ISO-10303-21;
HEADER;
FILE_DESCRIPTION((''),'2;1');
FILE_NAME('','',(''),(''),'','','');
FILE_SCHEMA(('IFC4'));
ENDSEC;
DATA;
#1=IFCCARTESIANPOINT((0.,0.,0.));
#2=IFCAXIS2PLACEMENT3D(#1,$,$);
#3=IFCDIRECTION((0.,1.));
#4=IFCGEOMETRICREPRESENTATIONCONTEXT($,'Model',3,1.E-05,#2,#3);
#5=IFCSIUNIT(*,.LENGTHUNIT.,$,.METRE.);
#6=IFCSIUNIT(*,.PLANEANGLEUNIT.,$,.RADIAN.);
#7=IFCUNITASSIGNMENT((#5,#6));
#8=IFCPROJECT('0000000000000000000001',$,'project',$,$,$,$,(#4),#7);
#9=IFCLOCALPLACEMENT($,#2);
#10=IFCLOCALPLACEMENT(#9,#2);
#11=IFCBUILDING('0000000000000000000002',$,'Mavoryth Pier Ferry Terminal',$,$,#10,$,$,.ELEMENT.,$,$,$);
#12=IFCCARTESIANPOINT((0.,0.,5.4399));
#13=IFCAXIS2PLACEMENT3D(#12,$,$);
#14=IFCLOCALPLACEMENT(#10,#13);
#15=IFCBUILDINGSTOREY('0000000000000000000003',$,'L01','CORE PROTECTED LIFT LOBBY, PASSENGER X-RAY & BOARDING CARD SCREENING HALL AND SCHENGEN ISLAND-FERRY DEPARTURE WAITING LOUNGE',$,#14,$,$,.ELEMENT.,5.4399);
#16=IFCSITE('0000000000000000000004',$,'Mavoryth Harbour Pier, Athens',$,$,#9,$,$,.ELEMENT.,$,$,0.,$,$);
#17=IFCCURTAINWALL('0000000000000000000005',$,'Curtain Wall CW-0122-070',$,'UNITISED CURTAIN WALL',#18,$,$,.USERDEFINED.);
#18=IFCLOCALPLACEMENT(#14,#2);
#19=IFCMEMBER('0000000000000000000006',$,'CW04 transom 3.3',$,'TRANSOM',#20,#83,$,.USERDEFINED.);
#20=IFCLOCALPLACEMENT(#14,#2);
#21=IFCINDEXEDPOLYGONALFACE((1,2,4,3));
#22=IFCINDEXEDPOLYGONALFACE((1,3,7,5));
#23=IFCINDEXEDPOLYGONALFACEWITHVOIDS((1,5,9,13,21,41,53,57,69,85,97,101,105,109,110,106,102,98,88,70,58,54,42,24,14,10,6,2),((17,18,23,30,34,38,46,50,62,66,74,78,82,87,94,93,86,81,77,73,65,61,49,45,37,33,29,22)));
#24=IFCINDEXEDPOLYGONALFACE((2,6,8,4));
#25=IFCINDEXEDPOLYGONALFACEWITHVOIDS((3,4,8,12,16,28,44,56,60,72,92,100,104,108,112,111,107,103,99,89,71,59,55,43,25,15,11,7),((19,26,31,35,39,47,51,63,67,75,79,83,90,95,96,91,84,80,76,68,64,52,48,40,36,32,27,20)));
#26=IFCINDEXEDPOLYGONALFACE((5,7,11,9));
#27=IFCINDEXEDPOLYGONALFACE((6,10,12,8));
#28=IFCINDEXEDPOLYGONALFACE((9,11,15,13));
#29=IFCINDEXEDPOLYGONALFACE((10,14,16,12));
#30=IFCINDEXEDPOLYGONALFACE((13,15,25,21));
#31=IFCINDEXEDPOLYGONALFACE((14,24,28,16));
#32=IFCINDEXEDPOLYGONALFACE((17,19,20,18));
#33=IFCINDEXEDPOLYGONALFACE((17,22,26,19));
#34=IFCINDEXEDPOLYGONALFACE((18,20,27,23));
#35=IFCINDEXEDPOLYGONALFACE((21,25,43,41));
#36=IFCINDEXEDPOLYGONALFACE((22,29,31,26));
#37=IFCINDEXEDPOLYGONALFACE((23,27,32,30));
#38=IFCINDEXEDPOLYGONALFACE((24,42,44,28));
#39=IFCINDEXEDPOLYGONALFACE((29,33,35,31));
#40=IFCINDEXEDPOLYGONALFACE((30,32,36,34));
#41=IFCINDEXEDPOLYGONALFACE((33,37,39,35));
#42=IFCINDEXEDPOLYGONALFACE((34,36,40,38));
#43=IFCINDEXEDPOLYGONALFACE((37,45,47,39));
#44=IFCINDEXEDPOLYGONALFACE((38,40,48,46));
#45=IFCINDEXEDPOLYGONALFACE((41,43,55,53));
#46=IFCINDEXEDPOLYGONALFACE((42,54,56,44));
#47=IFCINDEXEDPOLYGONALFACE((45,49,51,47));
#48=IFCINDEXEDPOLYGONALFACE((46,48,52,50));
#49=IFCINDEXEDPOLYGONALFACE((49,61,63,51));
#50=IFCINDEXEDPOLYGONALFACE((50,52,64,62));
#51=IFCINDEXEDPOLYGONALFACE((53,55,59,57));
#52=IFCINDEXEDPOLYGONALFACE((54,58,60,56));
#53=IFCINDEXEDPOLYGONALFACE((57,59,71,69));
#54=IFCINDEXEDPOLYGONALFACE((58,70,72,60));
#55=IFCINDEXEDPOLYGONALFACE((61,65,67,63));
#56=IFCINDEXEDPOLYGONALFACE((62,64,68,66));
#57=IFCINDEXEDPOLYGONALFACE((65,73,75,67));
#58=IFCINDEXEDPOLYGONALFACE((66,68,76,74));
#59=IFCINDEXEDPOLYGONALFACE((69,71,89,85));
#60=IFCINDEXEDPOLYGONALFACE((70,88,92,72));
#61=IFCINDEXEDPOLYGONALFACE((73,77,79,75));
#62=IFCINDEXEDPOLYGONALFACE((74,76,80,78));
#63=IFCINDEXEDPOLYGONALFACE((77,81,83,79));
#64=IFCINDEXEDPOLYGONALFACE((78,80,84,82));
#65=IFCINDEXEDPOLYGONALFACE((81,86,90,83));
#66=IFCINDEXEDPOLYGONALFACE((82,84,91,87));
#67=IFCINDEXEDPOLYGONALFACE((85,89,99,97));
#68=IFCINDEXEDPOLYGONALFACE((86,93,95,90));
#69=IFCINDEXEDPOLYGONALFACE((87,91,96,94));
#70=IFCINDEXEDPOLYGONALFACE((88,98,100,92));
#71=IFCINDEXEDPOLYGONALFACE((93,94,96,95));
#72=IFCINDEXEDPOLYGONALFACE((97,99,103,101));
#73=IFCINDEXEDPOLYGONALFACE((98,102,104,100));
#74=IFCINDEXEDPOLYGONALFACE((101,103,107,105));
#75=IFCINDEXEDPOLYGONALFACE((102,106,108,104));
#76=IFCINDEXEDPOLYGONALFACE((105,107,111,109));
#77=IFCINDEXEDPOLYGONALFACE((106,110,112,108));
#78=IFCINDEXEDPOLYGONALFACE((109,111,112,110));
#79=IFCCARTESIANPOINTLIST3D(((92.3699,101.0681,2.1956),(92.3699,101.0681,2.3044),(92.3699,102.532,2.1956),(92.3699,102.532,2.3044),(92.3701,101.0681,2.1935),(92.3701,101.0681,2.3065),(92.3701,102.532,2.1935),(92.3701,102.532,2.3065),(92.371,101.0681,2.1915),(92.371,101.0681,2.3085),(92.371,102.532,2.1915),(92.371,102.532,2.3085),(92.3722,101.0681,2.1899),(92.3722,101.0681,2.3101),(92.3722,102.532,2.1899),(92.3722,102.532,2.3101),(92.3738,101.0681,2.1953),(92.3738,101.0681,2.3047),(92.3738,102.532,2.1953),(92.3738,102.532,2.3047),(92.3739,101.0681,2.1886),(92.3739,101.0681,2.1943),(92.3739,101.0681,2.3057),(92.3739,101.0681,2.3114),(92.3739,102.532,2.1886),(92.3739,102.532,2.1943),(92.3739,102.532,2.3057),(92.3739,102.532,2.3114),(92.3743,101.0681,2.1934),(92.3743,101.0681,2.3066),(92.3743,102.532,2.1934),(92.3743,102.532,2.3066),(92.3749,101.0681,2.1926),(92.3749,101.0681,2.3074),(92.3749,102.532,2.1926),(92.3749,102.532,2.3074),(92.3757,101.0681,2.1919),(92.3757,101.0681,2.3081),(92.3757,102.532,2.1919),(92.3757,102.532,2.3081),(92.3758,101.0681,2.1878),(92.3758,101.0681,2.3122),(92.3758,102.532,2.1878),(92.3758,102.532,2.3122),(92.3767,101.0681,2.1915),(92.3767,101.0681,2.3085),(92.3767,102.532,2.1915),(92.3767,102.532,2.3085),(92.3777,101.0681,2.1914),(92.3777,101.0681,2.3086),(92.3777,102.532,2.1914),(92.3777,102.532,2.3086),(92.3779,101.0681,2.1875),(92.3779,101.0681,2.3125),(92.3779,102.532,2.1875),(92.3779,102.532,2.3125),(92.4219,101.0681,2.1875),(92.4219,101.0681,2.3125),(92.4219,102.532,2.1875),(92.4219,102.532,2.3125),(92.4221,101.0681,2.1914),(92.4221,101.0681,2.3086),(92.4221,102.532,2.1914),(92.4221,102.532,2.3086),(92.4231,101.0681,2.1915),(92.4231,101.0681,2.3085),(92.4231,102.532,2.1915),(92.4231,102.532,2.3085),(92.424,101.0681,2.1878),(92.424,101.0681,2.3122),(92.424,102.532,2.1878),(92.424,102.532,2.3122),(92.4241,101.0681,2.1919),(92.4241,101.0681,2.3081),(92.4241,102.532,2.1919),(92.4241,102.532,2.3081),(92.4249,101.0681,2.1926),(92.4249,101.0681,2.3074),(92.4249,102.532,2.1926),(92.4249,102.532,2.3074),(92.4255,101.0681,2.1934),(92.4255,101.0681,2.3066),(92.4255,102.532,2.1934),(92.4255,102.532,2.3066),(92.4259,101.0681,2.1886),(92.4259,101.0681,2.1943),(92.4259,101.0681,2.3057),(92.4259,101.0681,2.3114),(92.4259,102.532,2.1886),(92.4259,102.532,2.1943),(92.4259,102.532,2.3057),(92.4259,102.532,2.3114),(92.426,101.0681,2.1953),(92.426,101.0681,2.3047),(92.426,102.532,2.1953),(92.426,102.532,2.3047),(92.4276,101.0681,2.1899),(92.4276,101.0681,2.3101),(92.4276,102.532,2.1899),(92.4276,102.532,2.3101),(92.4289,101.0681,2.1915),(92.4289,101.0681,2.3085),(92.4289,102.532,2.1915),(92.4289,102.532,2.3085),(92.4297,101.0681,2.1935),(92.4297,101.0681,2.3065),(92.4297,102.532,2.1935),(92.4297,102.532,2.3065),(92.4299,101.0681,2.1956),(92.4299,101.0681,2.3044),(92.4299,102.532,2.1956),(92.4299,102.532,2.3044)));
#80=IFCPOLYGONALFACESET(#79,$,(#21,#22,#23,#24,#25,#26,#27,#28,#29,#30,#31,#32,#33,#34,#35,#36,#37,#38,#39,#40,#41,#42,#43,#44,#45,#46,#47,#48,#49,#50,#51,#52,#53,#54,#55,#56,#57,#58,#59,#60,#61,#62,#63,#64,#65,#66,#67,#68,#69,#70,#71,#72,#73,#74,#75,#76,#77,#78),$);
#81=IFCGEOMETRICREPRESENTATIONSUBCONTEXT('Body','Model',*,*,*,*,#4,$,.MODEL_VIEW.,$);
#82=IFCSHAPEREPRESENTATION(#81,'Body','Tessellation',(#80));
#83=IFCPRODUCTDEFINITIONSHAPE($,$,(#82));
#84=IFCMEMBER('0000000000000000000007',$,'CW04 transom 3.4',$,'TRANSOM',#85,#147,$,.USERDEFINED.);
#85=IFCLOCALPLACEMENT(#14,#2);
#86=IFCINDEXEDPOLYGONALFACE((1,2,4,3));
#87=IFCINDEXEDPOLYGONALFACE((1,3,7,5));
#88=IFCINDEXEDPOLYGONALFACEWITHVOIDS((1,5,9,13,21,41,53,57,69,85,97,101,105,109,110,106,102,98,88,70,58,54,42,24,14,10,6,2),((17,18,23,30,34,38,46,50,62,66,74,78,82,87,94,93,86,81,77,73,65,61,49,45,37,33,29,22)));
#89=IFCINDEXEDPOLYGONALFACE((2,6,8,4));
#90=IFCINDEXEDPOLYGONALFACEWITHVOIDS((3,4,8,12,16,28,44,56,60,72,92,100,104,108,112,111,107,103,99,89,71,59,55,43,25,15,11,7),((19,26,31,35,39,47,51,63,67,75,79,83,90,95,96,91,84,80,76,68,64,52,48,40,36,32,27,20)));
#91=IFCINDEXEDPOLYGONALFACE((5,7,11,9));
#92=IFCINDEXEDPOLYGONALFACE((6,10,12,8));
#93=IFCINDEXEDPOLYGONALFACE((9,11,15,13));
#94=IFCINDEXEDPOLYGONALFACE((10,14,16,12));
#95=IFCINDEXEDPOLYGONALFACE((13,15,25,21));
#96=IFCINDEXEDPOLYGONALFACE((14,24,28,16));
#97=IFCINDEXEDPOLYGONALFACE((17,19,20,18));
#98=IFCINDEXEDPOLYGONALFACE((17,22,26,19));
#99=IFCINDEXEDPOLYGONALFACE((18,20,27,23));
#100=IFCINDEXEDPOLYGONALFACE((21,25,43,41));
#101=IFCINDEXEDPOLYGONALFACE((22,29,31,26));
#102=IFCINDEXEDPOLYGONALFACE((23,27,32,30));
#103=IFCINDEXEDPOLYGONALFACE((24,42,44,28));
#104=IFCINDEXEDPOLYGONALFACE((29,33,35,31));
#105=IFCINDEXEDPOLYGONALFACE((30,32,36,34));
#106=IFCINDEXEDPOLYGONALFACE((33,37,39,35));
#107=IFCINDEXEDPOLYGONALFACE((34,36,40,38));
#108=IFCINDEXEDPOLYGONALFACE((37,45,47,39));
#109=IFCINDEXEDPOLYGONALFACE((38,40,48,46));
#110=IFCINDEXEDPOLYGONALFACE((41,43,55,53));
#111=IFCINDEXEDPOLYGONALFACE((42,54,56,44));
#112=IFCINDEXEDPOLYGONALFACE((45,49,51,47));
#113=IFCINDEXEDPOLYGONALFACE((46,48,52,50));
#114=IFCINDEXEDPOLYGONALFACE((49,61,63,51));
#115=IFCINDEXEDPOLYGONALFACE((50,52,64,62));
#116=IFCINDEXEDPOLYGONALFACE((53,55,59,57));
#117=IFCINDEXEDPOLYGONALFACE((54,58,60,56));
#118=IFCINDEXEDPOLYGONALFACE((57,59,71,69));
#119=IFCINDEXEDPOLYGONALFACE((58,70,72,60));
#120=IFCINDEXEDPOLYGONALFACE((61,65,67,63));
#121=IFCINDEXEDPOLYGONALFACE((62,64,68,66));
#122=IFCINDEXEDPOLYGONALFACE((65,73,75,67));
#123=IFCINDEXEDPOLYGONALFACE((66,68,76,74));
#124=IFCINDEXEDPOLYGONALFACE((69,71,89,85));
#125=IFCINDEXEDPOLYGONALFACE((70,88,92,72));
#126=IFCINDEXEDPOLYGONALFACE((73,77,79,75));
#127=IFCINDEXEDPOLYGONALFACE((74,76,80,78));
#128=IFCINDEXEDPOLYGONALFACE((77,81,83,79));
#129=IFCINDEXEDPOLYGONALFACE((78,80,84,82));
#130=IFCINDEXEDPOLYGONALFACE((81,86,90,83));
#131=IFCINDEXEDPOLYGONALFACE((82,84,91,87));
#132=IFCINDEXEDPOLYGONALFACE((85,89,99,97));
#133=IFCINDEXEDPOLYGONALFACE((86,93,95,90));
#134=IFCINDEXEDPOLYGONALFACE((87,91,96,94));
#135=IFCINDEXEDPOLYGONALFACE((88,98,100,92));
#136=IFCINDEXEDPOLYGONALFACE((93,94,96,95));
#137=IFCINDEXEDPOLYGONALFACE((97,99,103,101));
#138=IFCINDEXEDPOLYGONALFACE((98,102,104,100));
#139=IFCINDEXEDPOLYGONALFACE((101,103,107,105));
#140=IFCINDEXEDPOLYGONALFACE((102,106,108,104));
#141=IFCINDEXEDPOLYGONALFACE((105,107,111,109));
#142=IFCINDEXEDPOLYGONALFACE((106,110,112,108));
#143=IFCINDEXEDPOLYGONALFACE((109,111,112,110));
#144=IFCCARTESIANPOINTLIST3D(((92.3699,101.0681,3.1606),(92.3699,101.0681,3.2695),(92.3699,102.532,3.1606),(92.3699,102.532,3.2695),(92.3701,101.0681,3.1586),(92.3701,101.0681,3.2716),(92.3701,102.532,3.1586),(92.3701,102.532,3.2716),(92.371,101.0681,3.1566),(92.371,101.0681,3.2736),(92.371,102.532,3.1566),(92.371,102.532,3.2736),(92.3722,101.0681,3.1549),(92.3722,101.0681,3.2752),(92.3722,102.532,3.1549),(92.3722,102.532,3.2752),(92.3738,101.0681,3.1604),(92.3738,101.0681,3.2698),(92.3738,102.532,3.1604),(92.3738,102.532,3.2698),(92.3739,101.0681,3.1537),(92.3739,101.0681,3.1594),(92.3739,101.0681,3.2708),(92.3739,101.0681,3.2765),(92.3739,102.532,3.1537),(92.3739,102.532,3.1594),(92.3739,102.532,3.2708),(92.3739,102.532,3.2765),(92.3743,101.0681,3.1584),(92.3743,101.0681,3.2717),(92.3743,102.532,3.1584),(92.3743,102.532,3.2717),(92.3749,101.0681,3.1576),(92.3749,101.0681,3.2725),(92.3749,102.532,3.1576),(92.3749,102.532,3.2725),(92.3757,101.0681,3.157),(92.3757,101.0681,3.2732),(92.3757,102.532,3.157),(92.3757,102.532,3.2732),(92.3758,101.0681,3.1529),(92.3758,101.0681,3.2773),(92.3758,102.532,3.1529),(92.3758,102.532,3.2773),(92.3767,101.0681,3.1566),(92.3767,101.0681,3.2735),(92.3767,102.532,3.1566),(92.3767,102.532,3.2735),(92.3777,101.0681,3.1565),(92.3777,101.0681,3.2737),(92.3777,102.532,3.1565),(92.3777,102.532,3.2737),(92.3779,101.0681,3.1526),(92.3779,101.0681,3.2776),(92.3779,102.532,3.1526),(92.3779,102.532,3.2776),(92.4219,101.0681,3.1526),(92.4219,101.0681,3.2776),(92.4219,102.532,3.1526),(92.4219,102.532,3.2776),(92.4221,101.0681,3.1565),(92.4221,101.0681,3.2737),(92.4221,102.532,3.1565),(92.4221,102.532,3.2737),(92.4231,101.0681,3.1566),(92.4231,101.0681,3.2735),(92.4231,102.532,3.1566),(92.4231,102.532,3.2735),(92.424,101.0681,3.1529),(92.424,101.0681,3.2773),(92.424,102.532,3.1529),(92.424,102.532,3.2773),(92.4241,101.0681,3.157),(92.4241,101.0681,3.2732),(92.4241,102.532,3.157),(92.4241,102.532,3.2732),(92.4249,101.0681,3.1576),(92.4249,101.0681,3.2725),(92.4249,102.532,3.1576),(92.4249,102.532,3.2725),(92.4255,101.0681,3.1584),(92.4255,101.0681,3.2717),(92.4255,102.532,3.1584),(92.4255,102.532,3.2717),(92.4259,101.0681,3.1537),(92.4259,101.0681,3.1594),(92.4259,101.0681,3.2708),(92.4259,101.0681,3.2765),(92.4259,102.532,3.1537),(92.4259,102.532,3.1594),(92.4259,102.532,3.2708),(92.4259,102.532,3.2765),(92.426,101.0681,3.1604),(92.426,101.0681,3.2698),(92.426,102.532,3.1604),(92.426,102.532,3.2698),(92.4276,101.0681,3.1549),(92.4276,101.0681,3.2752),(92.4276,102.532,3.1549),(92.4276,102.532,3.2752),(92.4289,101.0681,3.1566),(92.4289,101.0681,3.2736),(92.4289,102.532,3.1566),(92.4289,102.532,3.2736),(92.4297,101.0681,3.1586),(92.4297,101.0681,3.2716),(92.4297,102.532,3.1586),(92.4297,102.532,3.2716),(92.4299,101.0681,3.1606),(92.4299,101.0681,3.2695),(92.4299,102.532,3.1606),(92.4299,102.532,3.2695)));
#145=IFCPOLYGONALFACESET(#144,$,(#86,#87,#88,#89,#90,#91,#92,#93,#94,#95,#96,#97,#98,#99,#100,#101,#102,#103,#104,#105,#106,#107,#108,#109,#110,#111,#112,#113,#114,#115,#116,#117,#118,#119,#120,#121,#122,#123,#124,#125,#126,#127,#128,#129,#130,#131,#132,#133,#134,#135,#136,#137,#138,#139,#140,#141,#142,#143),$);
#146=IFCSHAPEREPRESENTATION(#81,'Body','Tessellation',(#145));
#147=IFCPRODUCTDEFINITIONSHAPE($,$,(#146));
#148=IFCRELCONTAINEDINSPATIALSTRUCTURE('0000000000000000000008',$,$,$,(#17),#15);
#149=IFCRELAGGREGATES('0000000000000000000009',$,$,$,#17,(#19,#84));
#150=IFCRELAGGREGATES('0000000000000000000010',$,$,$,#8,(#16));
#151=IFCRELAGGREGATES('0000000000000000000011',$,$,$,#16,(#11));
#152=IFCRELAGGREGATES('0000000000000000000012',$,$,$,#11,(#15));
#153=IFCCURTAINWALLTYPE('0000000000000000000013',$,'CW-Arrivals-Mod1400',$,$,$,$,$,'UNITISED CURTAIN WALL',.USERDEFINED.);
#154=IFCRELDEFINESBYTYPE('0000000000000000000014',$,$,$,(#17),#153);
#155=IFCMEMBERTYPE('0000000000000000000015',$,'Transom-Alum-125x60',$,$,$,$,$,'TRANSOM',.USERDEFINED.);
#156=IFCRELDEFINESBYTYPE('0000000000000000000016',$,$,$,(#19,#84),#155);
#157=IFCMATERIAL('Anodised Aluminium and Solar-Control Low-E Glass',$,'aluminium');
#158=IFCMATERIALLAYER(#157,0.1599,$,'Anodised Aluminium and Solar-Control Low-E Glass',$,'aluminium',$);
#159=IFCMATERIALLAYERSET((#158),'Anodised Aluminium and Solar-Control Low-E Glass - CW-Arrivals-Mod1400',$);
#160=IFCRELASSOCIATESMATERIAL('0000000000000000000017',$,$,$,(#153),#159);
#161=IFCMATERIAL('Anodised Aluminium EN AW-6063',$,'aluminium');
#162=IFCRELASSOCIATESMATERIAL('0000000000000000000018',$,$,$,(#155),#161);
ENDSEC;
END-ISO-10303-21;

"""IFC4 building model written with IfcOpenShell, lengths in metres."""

from ifc_helpers import new_model, si_unit, direction, frame, origin, origin_2d, place, context, subcontext, project, spatial, hollow_rectangle, extrude, material, layer, layer_set, material_profile, profile_set, type_object, element, aggregate, save


model = new_model("IFC4")

# Units and contexts
model_context = context("Model", 3, precision=1e-05, world=origin(), true_north=direction((0.0, 1.0)))
body_context = subcontext(model_context, "Body", "Model", "MODEL_VIEW")
ifc_project = project(units=[si_unit("LENGTHUNIT", "METRE"), si_unit("PLANEANGLEUNIT", "RADIAN")], contexts=[model_context])

# Site, building, storey
site_placement = place(None, origin())
site = spatial("IfcSite", under=ifc_project, at=site_placement, Name="Mavoryth Harbour Pier, Athens", CompositionType="ELEMENT", RefElevation=0.0)
building_placement = place(site_placement, origin())
building = spatial("IfcBuilding", under=site, at=building_placement, Name="Mavoryth Pier Ferry Terminal", CompositionType="ELEMENT")
storey_placement = place(building_placement, frame((0.0, 0.0, 5.4399)))
storey = spatial("IfcBuildingStorey", under=building, at=storey_placement, Name="L01", Description="CORE PROTECTED LIFT LOBBY, PASSENGER X-RAY & BOARDING CARD SCREENING HALL AND SCHENGEN ISLAND-FERRY DEPARTURE WAITING LOUNGE", CompositionType="ELEMENT", Elevation=5.4399)

# Shared definitions
ifc_material_1 = material(Name="Anodised Aluminium and Solar-Control Low-E Glass", Category="aluminium")
ifc_layer_1 = layer(ifc_material_1, 0.1599, Name="Anodised Aluminium and Solar-Control Low-E Glass", Category="aluminium")
ifc_layer_set_1 = layer_set([ifc_layer_1], Name="Anodised Aluminium and Solar-Control Low-E Glass - CW-Arrivals-Mod1400")
curtain_wall_type = type_object("IfcCurtainWallType", Name="CW-Arrivals-Mod1400", ElementType="UNITISED CURTAIN WALL", PredefinedType="USERDEFINED", material=ifc_layer_set_1)
ifc_material_2 = material(Name="Anodised Aluminium EN AW-6063", Category="aluminium")

# Curtain wall
curtain_wall_1_placement = place(storey_placement, origin())
curtain_wall_1 = element("IfcCurtainWall", 1, at=curtain_wall_1_placement, inside=storey, type_object=curtain_wall_type, Name="Curtain Wall CW-0122-070", ObjectType="UNITISED CURTAIN WALL", PredefinedType="USERDEFINED")

# Members
ifc_material_profile_1 = material_profile(ifc_material_2, hollow_rectangle(XDim=0.0601, YDim=0.125, WallThickness=0.0039, InnerFilletRadius=0.0039, OuterFilletRadius=0.0081, at=origin_2d()), Name="AL-TRAN 125x60x4", Category="aluminium")
ifc_profile_set_1 = profile_set([ifc_material_profile_1], Name="Anodised Aluminium EN AW-6063 - AL-TRAN 125x60x4")
member_type_1 = type_object("IfcMemberType", Name="Transom-Alum-125x60", ElementType="TRANSOM", PredefinedType="USERDEFINED", material=ifc_profile_set_1)
member_1_placement = place(storey_placement, frame((92.3999, 101.0681, 2.25), z_axis=(0.0, 1.0, 0.0), x_axis=(-1.0, 0.0, 0.0)))
member_1 = element("IfcMember", 2, at=member_1_placement, type_object=member_type_1, Name="CW04 transom 3.3", ObjectType="TRANSOM", PredefinedType="USERDEFINED", context=body_context, shape_type="SweptSolid", body=[
    extrude(hollow_rectangle(XDim=0.0601, YDim=0.125, WallThickness=0.0039, InnerFilletRadius=0.0039, OuterFilletRadius=0.0081, at=origin_2d()), origin(), (0.0, 0.0, 1.0), 1.4639),
])
member_2_placement = place(storey_placement, frame((92.3999, 101.0681, 3.2151), z_axis=(0.0, 1.0, 0.0), x_axis=(-1.0, 0.0, 0.0)))
member_2 = element("IfcMember", 3, at=member_2_placement, type_object=member_type_1, Name="CW04 transom 3.4", ObjectType="TRANSOM", PredefinedType="USERDEFINED", context=body_context, shape_type="SweptSolid", body=[
    extrude(hollow_rectangle(XDim=0.0601, YDim=0.125, WallThickness=0.0039, InnerFilletRadius=0.0039, OuterFilletRadius=0.0081, at=origin_2d()), origin(), (0.0, 0.0, 1.0), 1.4639),
])

aggregate(curtain_wall_1, [member_1, member_2])

save(model, "model.ifc")
